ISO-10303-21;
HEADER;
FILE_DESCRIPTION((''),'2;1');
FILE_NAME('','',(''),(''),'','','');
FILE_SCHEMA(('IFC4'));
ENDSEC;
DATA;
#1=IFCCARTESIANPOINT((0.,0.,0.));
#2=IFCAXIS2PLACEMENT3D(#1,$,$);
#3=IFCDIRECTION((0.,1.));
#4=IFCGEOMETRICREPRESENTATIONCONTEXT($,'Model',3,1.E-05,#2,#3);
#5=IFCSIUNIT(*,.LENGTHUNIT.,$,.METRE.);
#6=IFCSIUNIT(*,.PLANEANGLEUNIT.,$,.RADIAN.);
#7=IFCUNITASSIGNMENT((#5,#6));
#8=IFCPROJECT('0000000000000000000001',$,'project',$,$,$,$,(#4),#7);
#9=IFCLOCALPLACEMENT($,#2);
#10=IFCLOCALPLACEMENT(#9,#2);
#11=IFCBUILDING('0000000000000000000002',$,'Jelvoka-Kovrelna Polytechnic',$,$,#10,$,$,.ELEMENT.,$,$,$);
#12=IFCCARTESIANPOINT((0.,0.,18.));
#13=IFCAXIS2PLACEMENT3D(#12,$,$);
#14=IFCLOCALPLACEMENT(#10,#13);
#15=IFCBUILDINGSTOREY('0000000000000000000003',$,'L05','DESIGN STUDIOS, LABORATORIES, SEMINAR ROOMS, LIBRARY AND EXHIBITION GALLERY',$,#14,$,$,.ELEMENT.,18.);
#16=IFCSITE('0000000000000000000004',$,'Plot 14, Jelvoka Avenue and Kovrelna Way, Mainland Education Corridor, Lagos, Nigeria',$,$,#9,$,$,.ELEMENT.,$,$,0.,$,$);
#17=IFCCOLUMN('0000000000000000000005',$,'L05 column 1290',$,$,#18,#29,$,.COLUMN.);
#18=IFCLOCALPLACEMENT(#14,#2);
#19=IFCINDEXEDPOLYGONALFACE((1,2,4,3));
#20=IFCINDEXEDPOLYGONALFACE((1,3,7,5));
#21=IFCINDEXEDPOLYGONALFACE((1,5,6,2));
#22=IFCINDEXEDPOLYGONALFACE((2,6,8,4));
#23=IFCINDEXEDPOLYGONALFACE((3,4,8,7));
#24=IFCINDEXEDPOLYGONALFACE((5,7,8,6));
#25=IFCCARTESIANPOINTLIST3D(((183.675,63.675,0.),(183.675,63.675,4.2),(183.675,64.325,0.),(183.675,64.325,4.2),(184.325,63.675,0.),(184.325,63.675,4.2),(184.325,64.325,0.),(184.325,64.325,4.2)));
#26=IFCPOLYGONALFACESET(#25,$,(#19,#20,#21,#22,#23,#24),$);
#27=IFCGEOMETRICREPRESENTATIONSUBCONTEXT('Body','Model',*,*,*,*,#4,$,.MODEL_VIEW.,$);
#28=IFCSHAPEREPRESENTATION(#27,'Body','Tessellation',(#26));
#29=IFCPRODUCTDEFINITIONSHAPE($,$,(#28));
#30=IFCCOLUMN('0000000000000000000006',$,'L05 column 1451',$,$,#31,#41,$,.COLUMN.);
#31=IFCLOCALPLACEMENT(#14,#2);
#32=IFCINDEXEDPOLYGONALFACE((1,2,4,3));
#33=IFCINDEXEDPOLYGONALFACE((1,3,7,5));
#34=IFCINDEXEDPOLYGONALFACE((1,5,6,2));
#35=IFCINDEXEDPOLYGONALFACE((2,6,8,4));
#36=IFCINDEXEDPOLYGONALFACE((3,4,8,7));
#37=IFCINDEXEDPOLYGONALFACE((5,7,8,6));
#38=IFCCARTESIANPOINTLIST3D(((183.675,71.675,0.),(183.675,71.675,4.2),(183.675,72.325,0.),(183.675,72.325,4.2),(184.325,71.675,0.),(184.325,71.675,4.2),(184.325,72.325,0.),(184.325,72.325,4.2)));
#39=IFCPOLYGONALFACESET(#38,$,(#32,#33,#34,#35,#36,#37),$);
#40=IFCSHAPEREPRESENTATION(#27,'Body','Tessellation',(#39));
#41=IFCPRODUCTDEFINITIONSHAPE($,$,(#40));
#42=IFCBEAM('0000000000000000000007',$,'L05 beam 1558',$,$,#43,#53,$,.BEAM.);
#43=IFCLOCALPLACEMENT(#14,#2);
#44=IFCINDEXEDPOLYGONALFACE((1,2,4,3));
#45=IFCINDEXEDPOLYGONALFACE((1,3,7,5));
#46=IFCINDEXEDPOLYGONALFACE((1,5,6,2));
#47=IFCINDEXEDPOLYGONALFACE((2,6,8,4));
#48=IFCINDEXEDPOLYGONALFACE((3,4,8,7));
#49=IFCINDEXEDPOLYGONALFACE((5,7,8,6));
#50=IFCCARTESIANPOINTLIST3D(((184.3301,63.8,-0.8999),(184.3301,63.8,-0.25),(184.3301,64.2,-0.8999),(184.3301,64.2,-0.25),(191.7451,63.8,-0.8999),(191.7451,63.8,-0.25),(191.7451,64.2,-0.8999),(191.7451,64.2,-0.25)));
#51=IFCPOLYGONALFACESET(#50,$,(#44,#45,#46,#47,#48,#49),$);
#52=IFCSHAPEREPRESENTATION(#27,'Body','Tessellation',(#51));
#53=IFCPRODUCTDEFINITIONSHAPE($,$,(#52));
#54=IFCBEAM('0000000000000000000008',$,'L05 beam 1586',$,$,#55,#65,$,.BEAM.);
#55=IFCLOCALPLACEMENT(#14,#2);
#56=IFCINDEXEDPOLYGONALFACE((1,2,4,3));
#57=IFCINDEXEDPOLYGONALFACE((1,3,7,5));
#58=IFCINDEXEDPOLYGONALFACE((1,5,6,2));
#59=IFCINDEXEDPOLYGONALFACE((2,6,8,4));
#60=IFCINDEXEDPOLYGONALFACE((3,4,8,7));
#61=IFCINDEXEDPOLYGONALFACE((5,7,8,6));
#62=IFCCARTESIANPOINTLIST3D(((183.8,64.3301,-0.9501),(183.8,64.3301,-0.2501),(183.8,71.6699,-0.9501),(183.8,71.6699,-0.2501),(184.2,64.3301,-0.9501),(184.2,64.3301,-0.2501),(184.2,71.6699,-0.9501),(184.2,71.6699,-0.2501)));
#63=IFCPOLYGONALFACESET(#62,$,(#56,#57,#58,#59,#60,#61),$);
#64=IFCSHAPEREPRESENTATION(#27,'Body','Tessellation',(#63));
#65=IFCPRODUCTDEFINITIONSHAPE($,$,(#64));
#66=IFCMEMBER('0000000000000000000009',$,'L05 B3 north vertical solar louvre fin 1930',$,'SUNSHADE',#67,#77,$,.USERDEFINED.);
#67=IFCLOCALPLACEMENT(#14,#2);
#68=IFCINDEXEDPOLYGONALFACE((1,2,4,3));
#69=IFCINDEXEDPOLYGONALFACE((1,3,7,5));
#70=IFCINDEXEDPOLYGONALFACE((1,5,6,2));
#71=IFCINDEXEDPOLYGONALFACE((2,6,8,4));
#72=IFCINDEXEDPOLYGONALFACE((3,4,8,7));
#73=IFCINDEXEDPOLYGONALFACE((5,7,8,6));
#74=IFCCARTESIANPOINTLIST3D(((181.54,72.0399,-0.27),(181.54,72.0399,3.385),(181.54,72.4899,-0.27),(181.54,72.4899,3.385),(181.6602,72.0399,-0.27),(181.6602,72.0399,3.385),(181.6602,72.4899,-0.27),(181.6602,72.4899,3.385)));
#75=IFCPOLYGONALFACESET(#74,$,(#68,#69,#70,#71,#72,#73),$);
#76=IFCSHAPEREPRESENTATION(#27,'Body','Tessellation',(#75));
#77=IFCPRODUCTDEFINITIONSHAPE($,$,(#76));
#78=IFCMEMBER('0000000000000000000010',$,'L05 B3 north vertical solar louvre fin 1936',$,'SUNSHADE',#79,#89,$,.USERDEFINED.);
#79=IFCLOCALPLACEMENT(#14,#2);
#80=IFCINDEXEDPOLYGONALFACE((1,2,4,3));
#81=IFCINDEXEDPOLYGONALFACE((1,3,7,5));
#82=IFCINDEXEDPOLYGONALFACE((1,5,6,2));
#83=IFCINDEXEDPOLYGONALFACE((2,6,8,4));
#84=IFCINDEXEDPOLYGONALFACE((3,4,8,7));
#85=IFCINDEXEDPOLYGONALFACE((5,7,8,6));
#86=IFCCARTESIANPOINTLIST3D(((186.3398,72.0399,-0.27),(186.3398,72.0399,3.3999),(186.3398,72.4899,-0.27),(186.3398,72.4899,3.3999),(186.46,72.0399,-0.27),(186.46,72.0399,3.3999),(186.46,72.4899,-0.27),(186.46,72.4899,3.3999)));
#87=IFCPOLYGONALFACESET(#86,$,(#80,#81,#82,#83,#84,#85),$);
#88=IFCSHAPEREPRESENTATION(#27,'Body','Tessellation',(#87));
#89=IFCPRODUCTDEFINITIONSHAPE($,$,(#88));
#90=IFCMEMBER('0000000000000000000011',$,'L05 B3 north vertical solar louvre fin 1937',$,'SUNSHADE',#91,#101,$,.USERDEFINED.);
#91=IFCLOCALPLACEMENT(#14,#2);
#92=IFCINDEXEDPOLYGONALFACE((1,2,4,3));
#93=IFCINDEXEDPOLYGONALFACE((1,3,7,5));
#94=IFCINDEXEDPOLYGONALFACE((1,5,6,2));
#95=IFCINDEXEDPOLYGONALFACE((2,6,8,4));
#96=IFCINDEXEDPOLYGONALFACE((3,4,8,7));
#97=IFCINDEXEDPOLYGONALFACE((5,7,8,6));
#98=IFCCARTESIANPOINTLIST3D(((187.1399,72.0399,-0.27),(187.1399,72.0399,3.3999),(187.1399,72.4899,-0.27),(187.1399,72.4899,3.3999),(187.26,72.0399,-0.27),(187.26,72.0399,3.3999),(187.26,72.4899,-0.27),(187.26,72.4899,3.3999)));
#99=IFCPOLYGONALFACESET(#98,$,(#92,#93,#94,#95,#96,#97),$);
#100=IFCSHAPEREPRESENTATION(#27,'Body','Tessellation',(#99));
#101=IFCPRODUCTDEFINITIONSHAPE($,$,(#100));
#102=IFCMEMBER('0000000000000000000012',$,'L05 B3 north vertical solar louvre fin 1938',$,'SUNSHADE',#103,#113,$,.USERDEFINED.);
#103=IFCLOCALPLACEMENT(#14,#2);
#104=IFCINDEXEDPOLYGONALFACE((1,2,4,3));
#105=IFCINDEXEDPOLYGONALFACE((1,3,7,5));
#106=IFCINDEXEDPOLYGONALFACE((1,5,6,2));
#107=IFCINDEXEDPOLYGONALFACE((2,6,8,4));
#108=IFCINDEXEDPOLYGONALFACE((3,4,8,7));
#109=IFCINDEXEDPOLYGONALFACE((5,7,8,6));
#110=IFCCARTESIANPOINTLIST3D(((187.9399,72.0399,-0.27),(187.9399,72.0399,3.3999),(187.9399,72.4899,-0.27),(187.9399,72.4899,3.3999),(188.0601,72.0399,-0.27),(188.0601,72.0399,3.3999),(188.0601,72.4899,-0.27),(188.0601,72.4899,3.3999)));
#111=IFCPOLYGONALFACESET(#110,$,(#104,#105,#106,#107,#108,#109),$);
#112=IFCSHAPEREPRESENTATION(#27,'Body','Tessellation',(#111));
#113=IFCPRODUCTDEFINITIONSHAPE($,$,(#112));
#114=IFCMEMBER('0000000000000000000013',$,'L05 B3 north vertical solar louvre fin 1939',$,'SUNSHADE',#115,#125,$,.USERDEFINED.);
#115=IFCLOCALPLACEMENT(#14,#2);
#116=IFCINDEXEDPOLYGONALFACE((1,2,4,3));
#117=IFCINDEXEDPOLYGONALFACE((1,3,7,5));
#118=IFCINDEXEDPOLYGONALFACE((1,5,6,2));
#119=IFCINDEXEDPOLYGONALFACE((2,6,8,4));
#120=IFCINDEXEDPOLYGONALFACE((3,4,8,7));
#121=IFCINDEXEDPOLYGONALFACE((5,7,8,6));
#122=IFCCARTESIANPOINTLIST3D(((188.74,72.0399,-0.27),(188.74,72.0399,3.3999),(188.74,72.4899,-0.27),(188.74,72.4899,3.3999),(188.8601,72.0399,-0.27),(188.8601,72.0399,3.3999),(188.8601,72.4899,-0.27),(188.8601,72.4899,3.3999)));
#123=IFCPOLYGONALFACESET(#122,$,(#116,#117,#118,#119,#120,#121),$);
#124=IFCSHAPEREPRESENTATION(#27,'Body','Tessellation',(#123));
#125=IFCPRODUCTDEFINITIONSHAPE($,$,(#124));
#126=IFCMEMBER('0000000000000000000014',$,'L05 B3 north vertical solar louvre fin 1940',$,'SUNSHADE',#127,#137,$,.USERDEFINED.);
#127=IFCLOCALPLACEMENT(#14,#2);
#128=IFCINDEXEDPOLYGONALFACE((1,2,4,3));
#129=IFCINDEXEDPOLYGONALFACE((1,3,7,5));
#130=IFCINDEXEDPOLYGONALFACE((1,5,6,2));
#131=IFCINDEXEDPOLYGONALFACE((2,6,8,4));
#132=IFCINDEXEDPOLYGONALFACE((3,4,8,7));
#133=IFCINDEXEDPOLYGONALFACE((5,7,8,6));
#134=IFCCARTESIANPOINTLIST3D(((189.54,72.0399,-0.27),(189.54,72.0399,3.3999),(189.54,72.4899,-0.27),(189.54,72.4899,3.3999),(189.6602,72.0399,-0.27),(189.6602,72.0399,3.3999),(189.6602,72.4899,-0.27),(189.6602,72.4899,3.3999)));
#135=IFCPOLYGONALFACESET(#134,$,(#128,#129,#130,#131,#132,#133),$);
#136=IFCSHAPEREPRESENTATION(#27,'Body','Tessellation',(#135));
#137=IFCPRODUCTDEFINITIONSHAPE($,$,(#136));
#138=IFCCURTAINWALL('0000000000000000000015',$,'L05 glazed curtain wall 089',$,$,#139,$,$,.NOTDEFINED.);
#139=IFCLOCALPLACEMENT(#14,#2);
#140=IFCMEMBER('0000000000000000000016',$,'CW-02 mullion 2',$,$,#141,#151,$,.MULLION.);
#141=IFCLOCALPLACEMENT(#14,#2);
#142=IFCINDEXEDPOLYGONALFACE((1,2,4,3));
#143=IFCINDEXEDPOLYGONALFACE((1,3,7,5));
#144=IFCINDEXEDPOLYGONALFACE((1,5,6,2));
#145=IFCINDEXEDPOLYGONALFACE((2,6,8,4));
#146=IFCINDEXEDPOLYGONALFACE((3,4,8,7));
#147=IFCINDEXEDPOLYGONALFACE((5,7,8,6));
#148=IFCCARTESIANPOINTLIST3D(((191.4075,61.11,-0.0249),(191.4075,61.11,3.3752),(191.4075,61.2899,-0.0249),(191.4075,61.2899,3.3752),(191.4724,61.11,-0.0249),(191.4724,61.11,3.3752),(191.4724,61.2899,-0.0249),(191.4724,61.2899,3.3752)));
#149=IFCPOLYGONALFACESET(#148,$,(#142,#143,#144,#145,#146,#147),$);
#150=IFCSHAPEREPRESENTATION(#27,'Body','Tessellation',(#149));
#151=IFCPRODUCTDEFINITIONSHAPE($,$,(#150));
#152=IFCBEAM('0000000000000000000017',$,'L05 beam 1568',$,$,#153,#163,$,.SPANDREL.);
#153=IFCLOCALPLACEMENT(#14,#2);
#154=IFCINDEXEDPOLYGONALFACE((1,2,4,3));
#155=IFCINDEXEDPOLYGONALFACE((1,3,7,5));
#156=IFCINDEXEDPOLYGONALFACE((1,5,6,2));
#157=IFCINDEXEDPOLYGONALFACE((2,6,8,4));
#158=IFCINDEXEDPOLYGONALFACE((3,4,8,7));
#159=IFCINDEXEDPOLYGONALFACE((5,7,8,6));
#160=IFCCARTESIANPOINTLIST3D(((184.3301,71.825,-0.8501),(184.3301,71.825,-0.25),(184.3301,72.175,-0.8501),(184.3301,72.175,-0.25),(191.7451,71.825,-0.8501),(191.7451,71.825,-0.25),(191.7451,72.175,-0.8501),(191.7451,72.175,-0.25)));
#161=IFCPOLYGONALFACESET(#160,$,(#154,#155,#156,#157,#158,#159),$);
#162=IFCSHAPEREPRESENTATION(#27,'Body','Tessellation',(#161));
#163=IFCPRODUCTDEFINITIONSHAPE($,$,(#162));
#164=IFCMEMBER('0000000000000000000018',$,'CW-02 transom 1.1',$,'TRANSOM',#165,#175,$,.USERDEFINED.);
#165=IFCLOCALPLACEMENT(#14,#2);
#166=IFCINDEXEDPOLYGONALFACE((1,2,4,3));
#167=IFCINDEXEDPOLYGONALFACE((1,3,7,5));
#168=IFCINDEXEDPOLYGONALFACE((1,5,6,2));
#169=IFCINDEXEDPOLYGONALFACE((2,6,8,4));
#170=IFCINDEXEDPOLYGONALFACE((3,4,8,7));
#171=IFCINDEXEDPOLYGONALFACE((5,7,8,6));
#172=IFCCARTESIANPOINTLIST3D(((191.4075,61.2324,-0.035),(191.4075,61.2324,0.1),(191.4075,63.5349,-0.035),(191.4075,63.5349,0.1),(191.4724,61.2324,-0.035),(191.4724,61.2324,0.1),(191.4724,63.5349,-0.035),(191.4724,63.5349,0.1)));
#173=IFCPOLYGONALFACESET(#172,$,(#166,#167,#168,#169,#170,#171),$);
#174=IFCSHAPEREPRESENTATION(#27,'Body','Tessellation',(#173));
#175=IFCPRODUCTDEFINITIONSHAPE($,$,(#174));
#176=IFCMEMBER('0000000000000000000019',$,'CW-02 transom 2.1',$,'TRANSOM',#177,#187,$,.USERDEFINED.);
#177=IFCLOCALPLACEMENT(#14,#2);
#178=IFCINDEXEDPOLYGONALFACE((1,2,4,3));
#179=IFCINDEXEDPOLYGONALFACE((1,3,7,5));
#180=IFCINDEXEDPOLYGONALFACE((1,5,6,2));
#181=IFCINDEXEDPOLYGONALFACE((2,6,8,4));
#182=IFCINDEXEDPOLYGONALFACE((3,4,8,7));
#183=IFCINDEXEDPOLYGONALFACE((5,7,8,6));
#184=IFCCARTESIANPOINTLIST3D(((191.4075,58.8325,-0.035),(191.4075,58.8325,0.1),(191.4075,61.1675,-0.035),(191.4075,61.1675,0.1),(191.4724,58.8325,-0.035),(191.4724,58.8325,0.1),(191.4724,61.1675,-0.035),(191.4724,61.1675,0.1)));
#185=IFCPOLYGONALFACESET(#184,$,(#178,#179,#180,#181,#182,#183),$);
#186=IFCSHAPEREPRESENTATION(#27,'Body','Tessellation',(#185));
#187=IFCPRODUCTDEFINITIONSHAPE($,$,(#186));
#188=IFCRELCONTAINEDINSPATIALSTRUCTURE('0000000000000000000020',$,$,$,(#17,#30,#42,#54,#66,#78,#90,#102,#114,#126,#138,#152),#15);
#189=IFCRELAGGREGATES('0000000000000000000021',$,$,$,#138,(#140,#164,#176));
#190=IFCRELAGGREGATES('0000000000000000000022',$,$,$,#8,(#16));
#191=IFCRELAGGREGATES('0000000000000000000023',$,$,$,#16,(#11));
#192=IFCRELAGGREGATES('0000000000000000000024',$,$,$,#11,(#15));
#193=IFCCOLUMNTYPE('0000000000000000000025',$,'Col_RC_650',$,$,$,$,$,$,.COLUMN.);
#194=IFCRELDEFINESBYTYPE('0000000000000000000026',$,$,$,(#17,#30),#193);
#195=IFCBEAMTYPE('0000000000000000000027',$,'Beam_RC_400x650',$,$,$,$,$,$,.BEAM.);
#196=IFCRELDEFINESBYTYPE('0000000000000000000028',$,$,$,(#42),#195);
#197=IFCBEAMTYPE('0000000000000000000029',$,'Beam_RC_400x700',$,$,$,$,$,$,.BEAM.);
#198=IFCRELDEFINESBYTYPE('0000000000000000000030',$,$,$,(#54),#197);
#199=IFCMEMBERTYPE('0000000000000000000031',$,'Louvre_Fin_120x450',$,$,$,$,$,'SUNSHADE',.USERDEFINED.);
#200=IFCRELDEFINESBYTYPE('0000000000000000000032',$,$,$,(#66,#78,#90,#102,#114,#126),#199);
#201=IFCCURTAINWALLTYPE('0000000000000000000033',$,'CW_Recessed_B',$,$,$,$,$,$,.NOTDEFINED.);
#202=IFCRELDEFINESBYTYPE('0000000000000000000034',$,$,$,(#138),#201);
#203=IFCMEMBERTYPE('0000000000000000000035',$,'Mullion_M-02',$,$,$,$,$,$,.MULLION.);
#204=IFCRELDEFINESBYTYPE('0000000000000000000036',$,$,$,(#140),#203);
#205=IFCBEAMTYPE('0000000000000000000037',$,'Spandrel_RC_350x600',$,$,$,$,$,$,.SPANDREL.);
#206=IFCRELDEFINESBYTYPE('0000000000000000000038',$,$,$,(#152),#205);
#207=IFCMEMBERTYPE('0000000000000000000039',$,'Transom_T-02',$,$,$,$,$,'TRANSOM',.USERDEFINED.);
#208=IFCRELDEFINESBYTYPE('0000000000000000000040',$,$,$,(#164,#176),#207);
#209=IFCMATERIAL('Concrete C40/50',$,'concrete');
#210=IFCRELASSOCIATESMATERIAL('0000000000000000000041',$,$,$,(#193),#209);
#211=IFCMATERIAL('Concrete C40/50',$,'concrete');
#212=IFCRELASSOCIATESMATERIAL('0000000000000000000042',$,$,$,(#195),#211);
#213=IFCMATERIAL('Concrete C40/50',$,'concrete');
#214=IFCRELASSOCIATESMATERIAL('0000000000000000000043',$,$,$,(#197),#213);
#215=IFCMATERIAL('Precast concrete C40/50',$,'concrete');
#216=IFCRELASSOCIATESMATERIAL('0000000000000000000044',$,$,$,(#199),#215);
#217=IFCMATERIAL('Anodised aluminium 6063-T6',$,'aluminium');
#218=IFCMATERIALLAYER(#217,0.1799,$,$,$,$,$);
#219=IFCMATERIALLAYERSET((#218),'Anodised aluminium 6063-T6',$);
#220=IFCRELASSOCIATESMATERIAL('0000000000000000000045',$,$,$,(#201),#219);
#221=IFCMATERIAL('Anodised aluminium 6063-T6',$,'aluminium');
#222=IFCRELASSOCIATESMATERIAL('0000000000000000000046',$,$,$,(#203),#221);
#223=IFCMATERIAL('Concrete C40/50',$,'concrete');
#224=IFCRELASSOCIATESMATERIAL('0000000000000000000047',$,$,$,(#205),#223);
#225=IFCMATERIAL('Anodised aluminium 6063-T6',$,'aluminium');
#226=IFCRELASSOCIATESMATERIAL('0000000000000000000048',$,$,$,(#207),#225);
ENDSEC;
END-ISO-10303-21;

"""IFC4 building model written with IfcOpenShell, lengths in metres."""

from ifc_helpers import new_model, si_unit, direction, frame, origin, origin_2d, place, context, subcontext, project, spatial, rectangle, extrude, material, layer, layer_set, material_profile, profile_set, type_object, element, aggregate, save


model = new_model("IFC4")

# Units and contexts
model_context = context("Model", 3, precision=1e-05, world=origin(), true_north=direction((0.0, 1.0)))
body_context = subcontext(model_context, "Body", "Model", "MODEL_VIEW")
ifc_project = project(units=[si_unit("LENGTHUNIT", "METRE"), si_unit("PLANEANGLEUNIT", "RADIAN")], contexts=[model_context])

# Site, building, storey
site_placement = place(None, origin())
site = spatial("IfcSite", under=ifc_project, at=site_placement, Name="Plot 14, Jelvoka Avenue and Kovrelna Way, Mainland Education Corridor, Lagos, Nigeria", CompositionType="ELEMENT", RefElevation=0.0)
building_placement = place(site_placement, origin())
building = spatial("IfcBuilding", under=site, at=building_placement, Name="Jelvoka-Kovrelna Polytechnic", CompositionType="ELEMENT")
storey_placement = place(building_placement, frame((0.0, 0.0, 18.0)))
storey = spatial("IfcBuildingStorey", under=building, at=storey_placement, Name="L05", Description="DESIGN STUDIOS, LABORATORIES, SEMINAR ROOMS, LIBRARY AND EXHIBITION GALLERY", CompositionType="ELEMENT", Elevation=18.0)

# Columns
ifc_material_1 = material(Name="Concrete C40/50", Category="concrete")
ifc_material_profile_1 = material_profile(ifc_material_1, rectangle(XDim=0.6499, YDim=0.6499, at=origin_2d()), Name="RC 650x650")
ifc_profile_set_1 = profile_set([ifc_material_profile_1], Name="Concrete C40/50")
column_type = type_object("IfcColumnType", Name="Col_RC_650", PredefinedType="COLUMN", material=ifc_profile_set_1)
for number, where, z_axis, x_axis, name in (
    (1, (184.0, 64.0, 0.0), (0.0, 0.0, 1.0), (1.0, 0.0, 0.0), "L05 column 1290"),
    (2, (184.0, 72.0, 0.0), (0.0, 0.0, 1.0), (1.0, 0.0, 0.0), "L05 column 1451"),
):
    element("IfcColumn", number, at=place(storey_placement, frame(where, z_axis=z_axis, x_axis=x_axis)), inside=storey, type_object=column_type, Name=name, PredefinedType="COLUMN", context=body_context, shape_type="SweptSolid", body=[
        extrude(rectangle(XDim=0.6499, YDim=0.6499, at=origin_2d()), origin(), (0.0, 0.0, 1.0), 4.2),
    ])

# Beams
ifc_material_2 = material(Name="Concrete C40/50", Category="concrete")
ifc_material_profile_2 = material_profile(ifc_material_2, rectangle(XDim=0.3999, YDim=0.6499, at=origin_2d()), Name="RC 400x650")
ifc_profile_set_2 = profile_set([ifc_material_profile_2], Name="Concrete C40/50")
beam_type_1 = type_object("IfcBeamType", Name="Beam_RC_400x650", PredefinedType="BEAM", material=ifc_profile_set_2)
beam_1_placement = place(storey_placement, frame((184.3301, 64.0, -0.575), z_axis=(1.0, 0.0, 0.0), x_axis=(0.0, 1.0, 0.0)))
element("IfcBeam", 3, at=beam_1_placement, inside=storey, type_object=beam_type_1, Name="L05 beam 1558", PredefinedType="BEAM", context=body_context, shape_type="SweptSolid", body=[
    extrude(rectangle(XDim=0.3999, YDim=0.6499, at=origin_2d()), origin(), (0.0, 0.0, 1.0), 7.415),
])
ifc_material_3 = material(Name="Concrete C40/50", Category="concrete")
ifc_material_profile_3 = material_profile(ifc_material_3, rectangle(XDim=0.3999, YDim=0.7, at=origin_2d()), Name="RC 400x700")
ifc_profile_set_3 = profile_set([ifc_material_profile_3], Name="Concrete C40/50")
beam_type_2 = type_object("IfcBeamType", Name="Beam_RC_400x700", PredefinedType="BEAM", material=ifc_profile_set_3)
beam_2_placement = place(storey_placement, frame((184.0, 64.3301, -0.6001), z_axis=(0.0, 1.0, 0.0), x_axis=(-1.0, 0.0, 0.0)))
element("IfcBeam", 4, at=beam_2_placement, inside=storey, type_object=beam_type_2, Name="L05 beam 1586", PredefinedType="BEAM", context=body_context, shape_type="SweptSolid", body=[
    extrude(rectangle(XDim=0.3999, YDim=0.7, at=origin_2d()), origin(), (0.0, 0.0, 1.0), 7.3398),
])

# Members
ifc_material_4 = material(Name="Precast concrete C40/50", Category="concrete")
ifc_material_profile_4 = material_profile(ifc_material_4, rectangle(XDim=0.1201, YDim=0.45, at=origin_2d()), Name="PC 120x450")
ifc_profile_set_4 = profile_set([ifc_material_profile_4], Name="Precast concrete C40/50")
member_type_1 = type_object("IfcMemberType", Name="Louvre_Fin_120x450", ElementType="SUNSHADE", PredefinedType="USERDEFINED", material=ifc_profile_set_4)
member_1_placement = place(storey_placement, frame((181.6001, 72.2649, -0.27), z_axis=(0.0, 0.0, 1.0), x_axis=(1.0, 0.0, 0.0)))
element("IfcMember", 5, at=member_1_placement, inside=storey, type_object=member_type_1, Name="L05 B3 north vertical solar louvre fin 1930", ObjectType="SUNSHADE", PredefinedType="USERDEFINED", context=body_context, shape_type="SweptSolid", body=[
    extrude(rectangle(XDim=0.1201, YDim=0.45, at=origin_2d()), origin(), (0.0, 0.0, 1.0), 3.655),
])
for number, where, z_axis, x_axis, name in (
    (6, (186.3999, 72.2649, -0.27), (0.0, 0.0, 1.0), (1.0, 0.0, 0.0), "L05 B3 north vertical solar louvre fin 1936"),
    (7, (187.2, 72.2649, -0.27), (0.0, 0.0, 1.0), (1.0, 0.0, 0.0), "L05 B3 north vertical solar louvre fin 1937"),
    (8, (188.0, 72.2649, -0.27), (0.0, 0.0, 1.0), (1.0, 0.0, 0.0), "L05 B3 north vertical solar louvre fin 1938"),
    (9, (188.8, 72.2649, -0.27), (0.0, 0.0, 1.0), (1.0, 0.0, 0.0), "L05 B3 north vertical solar louvre fin 1939"),
    (10, (189.6001, 72.2649, -0.27), (0.0, 0.0, 1.0), (1.0, 0.0, 0.0), "L05 B3 north vertical solar louvre fin 1940"),
):
    element("IfcMember", number, at=place(storey_placement, frame(where, z_axis=z_axis, x_axis=x_axis)), inside=storey, type_object=member_type_1, Name=name, ObjectType="SUNSHADE", PredefinedType="USERDEFINED", context=body_context, shape_type="SweptSolid", body=[
        extrude(rectangle(XDim=0.1201, YDim=0.45, at=origin_2d()), origin(), (0.0, 0.0, 1.0), 3.6699),
    ])

# Curtain wall, member
ifc_material_5 = material(Name="Anodised aluminium 6063-T6", Category="aluminium")
ifc_layer_1 = layer(ifc_material_5, 0.1799)
ifc_layer_set_1 = layer_set([ifc_layer_1], Name="Anodised aluminium 6063-T6")
curtain_wall_type = type_object("IfcCurtainWallType", Name="CW_Recessed_B", PredefinedType="NOTDEFINED", material=ifc_layer_set_1)
curtain_wall_placement = place(storey_placement, origin())
curtain_wall = element("IfcCurtainWall", 11, at=curtain_wall_placement, inside=storey, type_object=curtain_wall_type, Name="L05 glazed curtain wall 089", PredefinedType="NOTDEFINED")
ifc_material_6 = material(Name="Anodised aluminium 6063-T6", Category="aluminium")
ifc_material_profile_5 = material_profile(ifc_material_6, rectangle(XDim=0.0649, YDim=0.1799, at=origin_2d()), Name="ALU 65x180")
ifc_profile_set_5 = profile_set([ifc_material_profile_5], Name="Anodised aluminium 6063-T6")
member_type_2 = type_object("IfcMemberType", Name="Mullion_M-02", PredefinedType="MULLION", material=ifc_profile_set_5)
member_2_placement = place(storey_placement, frame((191.4399, 61.2, -0.0249), z_axis=(0.0, 0.0, 1.0), x_axis=(1.0, 0.0, 0.0)))
member_2 = element("IfcMember", 12, at=member_2_placement, type_object=member_type_2, Name="CW-02 mullion 2", PredefinedType="MULLION", context=body_context, shape_type="SweptSolid", body=[
    extrude(rectangle(XDim=0.0649, YDim=0.1799, at=origin_2d()), origin(), (0.0, 0.0, 1.0), 3.4001),
])

# Beam
ifc_material_7 = material(Name="Concrete C40/50", Category="concrete")
ifc_material_profile_6 = material_profile(ifc_material_7, rectangle(XDim=0.3501, YDim=0.6001, at=origin_2d()), Name="RC 350x600")
ifc_profile_set_6 = profile_set([ifc_material_profile_6], Name="Concrete C40/50")
beam_type_3 = type_object("IfcBeamType", Name="Spandrel_RC_350x600", PredefinedType="SPANDREL", material=ifc_profile_set_6)
beam_3_placement = place(storey_placement, frame((184.3301, 72.0, -0.55), z_axis=(1.0, 0.0, 0.0), x_axis=(0.0, 1.0, 0.0)))
element("IfcBeam", 13, at=beam_3_placement, inside=storey, type_object=beam_type_3, Name="L05 beam 1568", PredefinedType="SPANDREL", context=body_context, shape_type="SweptSolid", body=[
    extrude(rectangle(XDim=0.3501, YDim=0.6001, at=origin_2d()), origin(), (0.0, 0.0, 1.0), 7.415),
])

# Members
ifc_material_8 = material(Name="Anodised aluminium 6063-T6", Category="aluminium")
ifc_material_profile_7 = material_profile(ifc_material_8, rectangle(XDim=0.0649, YDim=0.135, at=origin_2d()), Name="ALU 65x135")
ifc_profile_set_7 = profile_set([ifc_material_profile_7], Name="Anodised aluminium 6063-T6")
member_type_3 = type_object("IfcMemberType", Name="Transom_T-02", ElementType="TRANSOM", PredefinedType="USERDEFINED", material=ifc_profile_set_7)
member_3_placement = place(storey_placement, frame((191.4399, 63.5349, 0.0325), z_axis=(0.0, -1.0, 0.0), x_axis=(1.0, 0.0, 0.0)))
member_3 = element("IfcMember", 14, at=member_3_placement, type_object=member_type_3, Name="CW-02 transom 1.1", ObjectType="TRANSOM", PredefinedType="USERDEFINED", context=body_context, shape_type="SweptSolid", body=[
    extrude(rectangle(XDim=0.0649, YDim=0.135, at=origin_2d()), origin(), (0.0, 0.0, 1.0), 2.3025),
])
member_4_placement = place(storey_placement, frame((191.4399, 61.1675, 0.0325), z_axis=(0.0, -1.0, 0.0), x_axis=(1.0, 0.0, 0.0)))
member_4 = element("IfcMember", 15, at=member_4_placement, type_object=member_type_3, Name="CW-02 transom 2.1", ObjectType="TRANSOM", PredefinedType="USERDEFINED", context=body_context, shape_type="SweptSolid", body=[
    extrude(rectangle(XDim=0.0649, YDim=0.135, at=origin_2d()), origin(), (0.0, 0.0, 1.0), 2.335),
])

aggregate(curtain_wall, [member_2, member_3, member_4])

save(model, "model.ifc")
